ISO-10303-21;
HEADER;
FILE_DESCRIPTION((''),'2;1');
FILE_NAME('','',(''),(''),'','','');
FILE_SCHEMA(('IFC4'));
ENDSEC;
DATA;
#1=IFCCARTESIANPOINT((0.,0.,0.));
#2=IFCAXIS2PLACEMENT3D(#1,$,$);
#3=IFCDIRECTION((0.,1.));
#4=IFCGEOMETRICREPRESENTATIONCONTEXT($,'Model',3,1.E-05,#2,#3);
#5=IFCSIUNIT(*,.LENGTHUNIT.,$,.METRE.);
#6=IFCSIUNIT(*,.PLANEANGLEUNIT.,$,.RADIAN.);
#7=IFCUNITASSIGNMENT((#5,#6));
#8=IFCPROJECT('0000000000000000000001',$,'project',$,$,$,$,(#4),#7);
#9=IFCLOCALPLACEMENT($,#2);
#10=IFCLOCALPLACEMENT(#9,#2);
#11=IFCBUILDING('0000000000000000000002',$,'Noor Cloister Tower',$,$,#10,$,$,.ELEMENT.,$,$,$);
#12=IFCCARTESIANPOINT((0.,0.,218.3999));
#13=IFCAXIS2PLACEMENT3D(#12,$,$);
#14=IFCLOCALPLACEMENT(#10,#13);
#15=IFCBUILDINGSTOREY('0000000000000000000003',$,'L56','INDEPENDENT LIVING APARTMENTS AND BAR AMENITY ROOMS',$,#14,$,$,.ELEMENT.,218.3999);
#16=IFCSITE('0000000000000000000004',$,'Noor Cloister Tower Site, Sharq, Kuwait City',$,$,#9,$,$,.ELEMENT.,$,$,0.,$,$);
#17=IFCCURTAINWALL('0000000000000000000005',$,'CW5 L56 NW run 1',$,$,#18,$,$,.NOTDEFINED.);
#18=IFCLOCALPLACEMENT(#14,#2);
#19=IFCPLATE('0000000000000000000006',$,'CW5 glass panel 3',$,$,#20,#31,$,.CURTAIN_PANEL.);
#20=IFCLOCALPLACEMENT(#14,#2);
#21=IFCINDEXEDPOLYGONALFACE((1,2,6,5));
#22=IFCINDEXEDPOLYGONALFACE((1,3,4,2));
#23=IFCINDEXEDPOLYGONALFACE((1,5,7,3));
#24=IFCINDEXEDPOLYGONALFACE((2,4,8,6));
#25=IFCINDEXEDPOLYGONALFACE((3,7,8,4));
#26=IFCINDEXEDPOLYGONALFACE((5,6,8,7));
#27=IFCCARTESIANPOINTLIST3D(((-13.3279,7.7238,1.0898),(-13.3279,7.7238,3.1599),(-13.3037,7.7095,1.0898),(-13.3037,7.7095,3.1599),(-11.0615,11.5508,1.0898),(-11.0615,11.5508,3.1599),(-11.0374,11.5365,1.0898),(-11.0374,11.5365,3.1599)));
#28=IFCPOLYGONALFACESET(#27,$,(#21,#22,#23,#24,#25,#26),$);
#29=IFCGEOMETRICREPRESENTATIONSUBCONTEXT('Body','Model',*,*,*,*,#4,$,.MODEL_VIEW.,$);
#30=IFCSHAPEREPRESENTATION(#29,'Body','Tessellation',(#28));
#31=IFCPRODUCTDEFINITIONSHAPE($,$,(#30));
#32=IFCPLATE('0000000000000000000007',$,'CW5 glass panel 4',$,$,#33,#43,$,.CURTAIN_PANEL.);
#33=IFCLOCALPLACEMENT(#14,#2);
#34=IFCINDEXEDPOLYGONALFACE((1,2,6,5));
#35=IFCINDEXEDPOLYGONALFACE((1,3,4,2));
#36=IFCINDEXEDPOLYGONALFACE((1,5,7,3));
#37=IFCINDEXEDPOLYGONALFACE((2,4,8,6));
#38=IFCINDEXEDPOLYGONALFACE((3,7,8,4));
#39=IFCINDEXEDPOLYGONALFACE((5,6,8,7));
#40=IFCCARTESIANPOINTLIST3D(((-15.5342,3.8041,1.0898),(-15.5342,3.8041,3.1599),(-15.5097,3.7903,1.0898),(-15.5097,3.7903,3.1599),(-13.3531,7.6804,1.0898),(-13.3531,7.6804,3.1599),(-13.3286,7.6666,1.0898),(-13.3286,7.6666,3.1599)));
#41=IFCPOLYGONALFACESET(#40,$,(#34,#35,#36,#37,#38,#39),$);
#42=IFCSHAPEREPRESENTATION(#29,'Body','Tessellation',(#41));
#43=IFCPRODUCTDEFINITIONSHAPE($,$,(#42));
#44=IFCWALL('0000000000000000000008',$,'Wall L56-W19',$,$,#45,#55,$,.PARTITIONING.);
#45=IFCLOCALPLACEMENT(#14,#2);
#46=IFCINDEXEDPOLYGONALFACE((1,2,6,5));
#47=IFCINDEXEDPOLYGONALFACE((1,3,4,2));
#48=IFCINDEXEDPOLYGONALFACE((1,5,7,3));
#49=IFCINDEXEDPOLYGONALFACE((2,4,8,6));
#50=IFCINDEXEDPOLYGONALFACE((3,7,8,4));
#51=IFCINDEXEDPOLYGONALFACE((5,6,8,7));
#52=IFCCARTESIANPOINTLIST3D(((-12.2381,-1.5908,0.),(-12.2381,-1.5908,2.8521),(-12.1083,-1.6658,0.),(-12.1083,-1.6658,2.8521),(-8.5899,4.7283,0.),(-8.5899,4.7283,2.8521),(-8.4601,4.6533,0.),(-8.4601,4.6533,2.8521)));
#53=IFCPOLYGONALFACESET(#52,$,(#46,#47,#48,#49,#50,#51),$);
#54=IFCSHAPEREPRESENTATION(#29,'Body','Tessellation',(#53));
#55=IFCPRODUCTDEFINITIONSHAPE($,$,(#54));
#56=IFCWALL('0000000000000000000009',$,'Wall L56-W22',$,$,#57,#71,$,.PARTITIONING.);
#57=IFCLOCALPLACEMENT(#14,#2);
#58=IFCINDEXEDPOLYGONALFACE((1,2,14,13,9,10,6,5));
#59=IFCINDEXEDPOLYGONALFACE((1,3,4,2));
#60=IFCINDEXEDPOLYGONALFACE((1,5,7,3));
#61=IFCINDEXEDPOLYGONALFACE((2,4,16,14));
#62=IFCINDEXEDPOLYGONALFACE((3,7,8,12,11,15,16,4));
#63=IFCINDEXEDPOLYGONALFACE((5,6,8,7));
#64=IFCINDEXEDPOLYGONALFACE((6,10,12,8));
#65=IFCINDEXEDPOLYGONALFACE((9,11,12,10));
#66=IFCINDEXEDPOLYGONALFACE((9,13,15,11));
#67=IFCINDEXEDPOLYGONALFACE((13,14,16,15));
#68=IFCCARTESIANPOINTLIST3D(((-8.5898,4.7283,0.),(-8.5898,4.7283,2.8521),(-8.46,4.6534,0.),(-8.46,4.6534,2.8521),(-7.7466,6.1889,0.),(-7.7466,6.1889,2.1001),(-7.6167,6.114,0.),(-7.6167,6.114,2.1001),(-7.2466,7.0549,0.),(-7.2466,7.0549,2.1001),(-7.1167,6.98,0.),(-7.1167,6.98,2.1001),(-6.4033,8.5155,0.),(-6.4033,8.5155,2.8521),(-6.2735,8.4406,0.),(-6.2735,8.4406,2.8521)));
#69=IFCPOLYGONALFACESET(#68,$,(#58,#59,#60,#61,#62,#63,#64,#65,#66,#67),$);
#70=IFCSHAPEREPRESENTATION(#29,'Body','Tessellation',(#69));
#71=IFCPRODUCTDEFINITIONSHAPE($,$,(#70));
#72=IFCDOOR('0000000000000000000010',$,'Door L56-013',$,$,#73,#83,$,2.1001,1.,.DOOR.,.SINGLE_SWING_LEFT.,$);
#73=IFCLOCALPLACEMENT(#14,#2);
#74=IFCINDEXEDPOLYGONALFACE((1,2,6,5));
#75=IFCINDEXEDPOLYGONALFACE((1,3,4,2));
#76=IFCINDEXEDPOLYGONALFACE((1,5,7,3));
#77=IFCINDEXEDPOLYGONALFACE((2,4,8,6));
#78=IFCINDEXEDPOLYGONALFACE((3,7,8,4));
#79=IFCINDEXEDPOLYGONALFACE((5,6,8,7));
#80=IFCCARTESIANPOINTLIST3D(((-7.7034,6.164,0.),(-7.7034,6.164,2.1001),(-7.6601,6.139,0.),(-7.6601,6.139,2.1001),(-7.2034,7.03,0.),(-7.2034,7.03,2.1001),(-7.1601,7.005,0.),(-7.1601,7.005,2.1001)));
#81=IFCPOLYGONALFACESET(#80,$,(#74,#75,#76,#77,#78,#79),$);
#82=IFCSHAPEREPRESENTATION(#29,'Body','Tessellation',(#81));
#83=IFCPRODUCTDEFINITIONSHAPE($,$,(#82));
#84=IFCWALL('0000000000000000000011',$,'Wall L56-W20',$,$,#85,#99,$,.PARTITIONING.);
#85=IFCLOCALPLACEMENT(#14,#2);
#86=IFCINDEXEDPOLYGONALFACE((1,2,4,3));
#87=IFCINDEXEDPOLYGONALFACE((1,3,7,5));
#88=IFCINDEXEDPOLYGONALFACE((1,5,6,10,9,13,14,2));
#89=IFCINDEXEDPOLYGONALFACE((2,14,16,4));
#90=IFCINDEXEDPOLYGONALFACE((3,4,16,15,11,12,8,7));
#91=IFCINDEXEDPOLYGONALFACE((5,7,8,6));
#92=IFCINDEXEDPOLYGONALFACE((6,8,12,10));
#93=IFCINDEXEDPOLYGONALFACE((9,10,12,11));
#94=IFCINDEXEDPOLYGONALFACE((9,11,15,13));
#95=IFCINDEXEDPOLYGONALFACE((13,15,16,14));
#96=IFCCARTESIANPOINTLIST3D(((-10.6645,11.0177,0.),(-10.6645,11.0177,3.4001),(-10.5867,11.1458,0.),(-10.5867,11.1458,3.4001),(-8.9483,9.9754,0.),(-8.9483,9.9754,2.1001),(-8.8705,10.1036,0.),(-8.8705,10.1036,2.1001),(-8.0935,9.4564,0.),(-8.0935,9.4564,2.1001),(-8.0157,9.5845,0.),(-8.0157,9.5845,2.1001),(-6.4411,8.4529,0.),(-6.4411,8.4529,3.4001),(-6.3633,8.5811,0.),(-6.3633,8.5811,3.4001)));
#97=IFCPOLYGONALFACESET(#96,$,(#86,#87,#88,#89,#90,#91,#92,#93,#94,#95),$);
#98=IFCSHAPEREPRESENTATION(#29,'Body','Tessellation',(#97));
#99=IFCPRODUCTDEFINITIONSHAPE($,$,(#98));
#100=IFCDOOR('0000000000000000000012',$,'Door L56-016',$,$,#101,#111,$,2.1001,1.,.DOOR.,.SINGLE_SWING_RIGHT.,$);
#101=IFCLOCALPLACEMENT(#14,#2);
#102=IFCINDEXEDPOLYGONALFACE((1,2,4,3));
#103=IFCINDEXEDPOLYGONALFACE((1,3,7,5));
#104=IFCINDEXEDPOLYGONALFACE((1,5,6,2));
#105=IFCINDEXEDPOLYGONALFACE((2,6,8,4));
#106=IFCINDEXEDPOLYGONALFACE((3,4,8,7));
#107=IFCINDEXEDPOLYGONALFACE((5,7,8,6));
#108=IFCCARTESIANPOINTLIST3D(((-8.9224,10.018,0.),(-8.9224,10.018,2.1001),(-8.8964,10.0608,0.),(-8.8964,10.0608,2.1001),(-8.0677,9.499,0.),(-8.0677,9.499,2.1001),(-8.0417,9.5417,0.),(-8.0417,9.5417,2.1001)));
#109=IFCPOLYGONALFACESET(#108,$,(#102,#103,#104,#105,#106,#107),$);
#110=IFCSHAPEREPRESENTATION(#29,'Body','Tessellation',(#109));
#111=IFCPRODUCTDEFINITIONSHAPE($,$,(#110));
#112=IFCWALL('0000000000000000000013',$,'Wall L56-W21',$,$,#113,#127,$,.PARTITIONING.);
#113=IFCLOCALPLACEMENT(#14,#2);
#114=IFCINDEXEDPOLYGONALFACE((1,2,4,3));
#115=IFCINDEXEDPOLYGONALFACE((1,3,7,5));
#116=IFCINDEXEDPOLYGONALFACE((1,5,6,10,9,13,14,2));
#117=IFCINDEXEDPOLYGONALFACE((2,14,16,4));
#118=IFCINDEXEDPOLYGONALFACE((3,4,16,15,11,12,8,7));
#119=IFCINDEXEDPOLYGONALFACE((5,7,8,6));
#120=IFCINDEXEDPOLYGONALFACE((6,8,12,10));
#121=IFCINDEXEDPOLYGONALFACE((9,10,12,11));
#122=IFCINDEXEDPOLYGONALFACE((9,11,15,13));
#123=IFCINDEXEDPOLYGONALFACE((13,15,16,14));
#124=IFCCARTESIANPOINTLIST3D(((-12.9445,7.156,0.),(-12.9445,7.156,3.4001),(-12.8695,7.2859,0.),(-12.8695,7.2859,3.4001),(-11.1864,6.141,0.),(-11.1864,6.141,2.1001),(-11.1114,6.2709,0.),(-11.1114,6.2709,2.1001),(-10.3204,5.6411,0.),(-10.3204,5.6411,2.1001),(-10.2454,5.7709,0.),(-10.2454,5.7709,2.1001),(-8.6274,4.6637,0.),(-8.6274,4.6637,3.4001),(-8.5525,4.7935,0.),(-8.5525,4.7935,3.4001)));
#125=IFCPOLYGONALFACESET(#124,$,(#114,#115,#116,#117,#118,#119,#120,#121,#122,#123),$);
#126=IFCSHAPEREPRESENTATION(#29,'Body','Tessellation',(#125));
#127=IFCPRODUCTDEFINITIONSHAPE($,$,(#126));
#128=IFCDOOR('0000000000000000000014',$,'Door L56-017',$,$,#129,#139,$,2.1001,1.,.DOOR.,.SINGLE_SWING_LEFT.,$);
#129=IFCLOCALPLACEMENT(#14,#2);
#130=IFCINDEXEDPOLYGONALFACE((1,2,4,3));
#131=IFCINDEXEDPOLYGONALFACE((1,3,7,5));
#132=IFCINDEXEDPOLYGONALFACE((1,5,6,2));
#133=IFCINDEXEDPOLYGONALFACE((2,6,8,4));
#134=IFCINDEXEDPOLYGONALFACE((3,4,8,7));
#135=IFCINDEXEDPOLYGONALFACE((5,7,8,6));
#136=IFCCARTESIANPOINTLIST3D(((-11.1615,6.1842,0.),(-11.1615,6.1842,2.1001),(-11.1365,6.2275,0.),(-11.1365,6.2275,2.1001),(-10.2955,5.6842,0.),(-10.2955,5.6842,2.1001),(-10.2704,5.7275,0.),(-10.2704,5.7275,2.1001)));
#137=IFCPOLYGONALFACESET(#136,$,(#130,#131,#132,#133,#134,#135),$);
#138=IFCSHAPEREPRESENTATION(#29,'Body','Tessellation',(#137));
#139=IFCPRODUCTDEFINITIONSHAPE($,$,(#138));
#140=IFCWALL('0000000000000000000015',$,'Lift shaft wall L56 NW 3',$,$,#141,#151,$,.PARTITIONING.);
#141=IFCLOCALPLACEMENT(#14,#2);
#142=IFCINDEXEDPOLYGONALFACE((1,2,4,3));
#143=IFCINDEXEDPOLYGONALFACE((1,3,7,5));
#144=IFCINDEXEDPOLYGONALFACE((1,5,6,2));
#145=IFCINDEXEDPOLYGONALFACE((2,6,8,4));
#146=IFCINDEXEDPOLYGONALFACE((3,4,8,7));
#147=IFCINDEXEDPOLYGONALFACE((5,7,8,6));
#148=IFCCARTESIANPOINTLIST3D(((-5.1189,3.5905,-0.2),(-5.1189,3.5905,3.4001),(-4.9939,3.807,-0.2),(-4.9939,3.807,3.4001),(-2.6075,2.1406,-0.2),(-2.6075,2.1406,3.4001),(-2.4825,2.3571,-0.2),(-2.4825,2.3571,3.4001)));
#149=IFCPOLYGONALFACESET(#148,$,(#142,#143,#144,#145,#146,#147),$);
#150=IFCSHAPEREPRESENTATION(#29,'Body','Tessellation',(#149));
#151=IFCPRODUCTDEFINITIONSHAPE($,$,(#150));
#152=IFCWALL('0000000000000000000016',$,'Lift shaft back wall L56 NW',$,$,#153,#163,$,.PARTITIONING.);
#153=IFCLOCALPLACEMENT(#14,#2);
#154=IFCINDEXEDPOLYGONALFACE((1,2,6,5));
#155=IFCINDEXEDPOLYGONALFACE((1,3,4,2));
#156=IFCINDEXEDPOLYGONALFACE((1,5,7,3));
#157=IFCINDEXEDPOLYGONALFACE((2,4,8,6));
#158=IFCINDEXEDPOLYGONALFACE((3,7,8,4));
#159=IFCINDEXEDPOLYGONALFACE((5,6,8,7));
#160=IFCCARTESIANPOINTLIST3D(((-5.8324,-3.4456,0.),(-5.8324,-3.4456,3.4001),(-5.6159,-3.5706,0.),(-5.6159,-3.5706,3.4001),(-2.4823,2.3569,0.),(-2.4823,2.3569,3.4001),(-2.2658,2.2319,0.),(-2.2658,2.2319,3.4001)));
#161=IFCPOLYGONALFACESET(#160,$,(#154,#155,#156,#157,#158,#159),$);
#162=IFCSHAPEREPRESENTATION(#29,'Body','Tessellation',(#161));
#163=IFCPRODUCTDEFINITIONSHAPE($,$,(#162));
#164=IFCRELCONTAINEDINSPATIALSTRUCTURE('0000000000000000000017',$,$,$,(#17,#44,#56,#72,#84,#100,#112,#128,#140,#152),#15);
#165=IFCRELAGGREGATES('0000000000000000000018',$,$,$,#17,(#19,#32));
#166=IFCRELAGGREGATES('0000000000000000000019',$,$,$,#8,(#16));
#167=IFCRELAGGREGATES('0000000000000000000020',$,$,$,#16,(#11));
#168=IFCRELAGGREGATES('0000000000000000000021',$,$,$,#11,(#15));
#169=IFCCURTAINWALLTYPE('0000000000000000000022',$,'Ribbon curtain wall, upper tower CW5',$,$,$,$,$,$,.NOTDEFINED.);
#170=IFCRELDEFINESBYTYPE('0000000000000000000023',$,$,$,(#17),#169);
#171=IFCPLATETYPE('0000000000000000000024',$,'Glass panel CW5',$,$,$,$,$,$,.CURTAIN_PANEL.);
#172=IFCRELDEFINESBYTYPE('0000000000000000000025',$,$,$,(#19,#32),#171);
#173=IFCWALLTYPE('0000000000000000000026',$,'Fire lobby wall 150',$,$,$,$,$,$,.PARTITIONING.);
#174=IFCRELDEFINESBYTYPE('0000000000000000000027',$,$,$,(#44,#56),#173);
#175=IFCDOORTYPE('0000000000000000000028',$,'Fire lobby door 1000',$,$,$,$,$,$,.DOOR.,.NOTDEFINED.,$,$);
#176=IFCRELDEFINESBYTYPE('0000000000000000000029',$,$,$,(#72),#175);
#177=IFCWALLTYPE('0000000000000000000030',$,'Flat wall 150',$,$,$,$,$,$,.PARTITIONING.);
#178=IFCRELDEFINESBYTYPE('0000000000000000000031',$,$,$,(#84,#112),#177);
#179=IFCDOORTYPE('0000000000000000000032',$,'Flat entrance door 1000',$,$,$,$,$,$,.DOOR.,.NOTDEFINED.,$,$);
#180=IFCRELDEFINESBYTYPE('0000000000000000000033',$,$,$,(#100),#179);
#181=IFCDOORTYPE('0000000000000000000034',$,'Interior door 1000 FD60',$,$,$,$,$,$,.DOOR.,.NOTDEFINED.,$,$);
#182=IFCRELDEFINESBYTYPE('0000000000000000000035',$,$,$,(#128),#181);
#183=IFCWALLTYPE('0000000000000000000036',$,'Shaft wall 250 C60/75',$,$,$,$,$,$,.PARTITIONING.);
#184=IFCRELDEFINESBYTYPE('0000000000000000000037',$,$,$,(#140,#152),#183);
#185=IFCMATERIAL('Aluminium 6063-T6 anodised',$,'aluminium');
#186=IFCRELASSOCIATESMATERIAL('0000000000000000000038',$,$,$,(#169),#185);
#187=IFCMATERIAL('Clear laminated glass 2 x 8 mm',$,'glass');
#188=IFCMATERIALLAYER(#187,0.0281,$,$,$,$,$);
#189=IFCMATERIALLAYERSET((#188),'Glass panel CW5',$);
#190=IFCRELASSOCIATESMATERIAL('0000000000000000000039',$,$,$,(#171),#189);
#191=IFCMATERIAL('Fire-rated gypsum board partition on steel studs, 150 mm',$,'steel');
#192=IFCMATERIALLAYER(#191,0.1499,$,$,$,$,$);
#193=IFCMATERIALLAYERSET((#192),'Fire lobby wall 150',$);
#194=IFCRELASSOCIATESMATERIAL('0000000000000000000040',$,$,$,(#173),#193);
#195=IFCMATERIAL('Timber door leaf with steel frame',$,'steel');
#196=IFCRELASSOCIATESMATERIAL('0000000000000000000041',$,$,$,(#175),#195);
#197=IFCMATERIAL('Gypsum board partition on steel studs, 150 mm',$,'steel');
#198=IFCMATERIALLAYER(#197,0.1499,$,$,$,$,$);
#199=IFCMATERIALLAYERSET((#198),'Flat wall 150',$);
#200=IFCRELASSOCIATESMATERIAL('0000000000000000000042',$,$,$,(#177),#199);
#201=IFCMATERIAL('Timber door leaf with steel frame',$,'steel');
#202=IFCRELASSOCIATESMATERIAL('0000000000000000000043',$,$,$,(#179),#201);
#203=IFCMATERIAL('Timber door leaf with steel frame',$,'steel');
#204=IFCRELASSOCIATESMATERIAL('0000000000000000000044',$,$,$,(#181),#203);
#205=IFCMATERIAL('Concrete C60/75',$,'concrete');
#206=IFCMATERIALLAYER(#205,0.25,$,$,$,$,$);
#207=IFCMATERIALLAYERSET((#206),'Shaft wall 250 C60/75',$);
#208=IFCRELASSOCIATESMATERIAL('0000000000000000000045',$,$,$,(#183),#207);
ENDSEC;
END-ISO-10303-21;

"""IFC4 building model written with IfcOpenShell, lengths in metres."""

from ifc_helpers import new_model, si_unit, direction, frame, frame_2d, origin, origin_2d, place, context, subcontext, project, spatial, rectangle, extrude, material, layer, layer_set, type_object, element, fill, aggregate, save


model = new_model("IFC4")

# Units and contexts
model_context = context("Model", 3, precision=1e-05, world=origin(), true_north=direction((0.0, 1.0)))
body_context = subcontext(model_context, "Body", "Model", "MODEL_VIEW")
ifc_project = project(units=[si_unit("LENGTHUNIT", "METRE"), si_unit("PLANEANGLEUNIT", "RADIAN")], contexts=[model_context])

# Site, building, storey
site_placement = place(None, origin())
site = spatial("IfcSite", under=ifc_project, at=site_placement, Name="Noor Cloister Tower Site, Sharq, Kuwait City", CompositionType="ELEMENT", RefElevation=0.0)
building_placement = place(site_placement, origin())
building = spatial("IfcBuilding", under=site, at=building_placement, Name="Noor Cloister Tower", CompositionType="ELEMENT")
storey_placement = place(building_placement, frame((0.0, 0.0, 218.3999)))
storey = spatial("IfcBuildingStorey", under=building, at=storey_placement, Name="L56", Description="INDEPENDENT LIVING APARTMENTS AND BAR AMENITY ROOMS", CompositionType="ELEMENT", Elevation=218.3999)

# Curtain wall
ifc_material_1 = material(Name="Aluminium 6063-T6 anodised", Category="aluminium")
curtain_wall_type = type_object("IfcCurtainWallType", Name="Ribbon curtain wall, upper tower CW5", PredefinedType="NOTDEFINED", material=ifc_material_1)
curtain_wall_placement = place(storey_placement, origin())
curtain_wall = element("IfcCurtainWall", 1, at=curtain_wall_placement, inside=storey, type_object=curtain_wall_type, Name="CW5 L56 NW run 1", PredefinedType="NOTDEFINED")

# Plates
ifc_material_2 = material(Name="Clear laminated glass 2 x 8 mm", Category="glass")
ifc_layer_1 = layer(ifc_material_2, 0.0281)
ifc_layer_set_1 = layer_set([ifc_layer_1], Name="Glass panel CW5")
plate_type = type_object("IfcPlateType", Name="Glass panel CW5", PredefinedType="CURTAIN_PANEL", material=ifc_layer_set_1)
plate_1_placement = place(storey_placement, frame((-12.1826, 9.6301, 1.0898), z_axis=(0.0, 0.0, 1.0), x_axis=(-0.509553, -0.860439, 0.0)))
plate_1 = element("IfcPlate", 2, at=plate_1_placement, type_object=plate_type, Name="CW5 glass panel 3", PredefinedType="CURTAIN_PANEL", context=body_context, shape_type="SweptSolid", body=[
    extrude(rectangle(XDim=4.4478, YDim=0.0281, at=origin_2d()), origin(), (0.0, 0.0, 1.0), 2.0701),
])
plate_2_placement = place(storey_placement, frame((-14.4314, 5.7354, 1.0898), z_axis=(0.0, 0.0, 1.0), x_axis=(-0.490386, -0.871506, 0.0)))
plate_2 = element("IfcPlate", 3, at=plate_2_placement, type_object=plate_type, Name="CW5 glass panel 4", PredefinedType="CURTAIN_PANEL", context=body_context, shape_type="SweptSolid", body=[
    extrude(rectangle(XDim=4.4478, YDim=0.0281, at=origin_2d()), origin(), (0.0, 0.0, 1.0), 2.0701),
])
aggregate(curtain_wall, [plate_1, plate_2])

# Wall
ifc_material_3 = material(Name="Fire-rated gypsum board partition on steel studs, 150 mm", Category="steel")
ifc_layer_2 = layer(ifc_material_3, 0.1499)
ifc_layer_set_2 = layer_set([ifc_layer_2], Name="Fire lobby wall 150")
wall_type_1 = type_object("IfcWallType", Name="Fire lobby wall 150", PredefinedType="PARTITIONING", material=ifc_layer_set_2)
wall_1_placement = place(storey_placement, frame((-8.5249, 4.6909, 0.0), z_axis=(0.0, 0.0, 1.0), x_axis=(-0.499986, -0.866033, 0.0)))
element("IfcWall", 4, at=wall_1_placement, inside=storey, type_object=wall_type_1, Name="Wall L56-W19", PredefinedType="PARTITIONING", context=body_context, shape_type="SweptSolid", body=[
    extrude(rectangle(XDim=7.2966, YDim=0.1499, at=frame_2d((3.6484, 0.0))), origin(), (0.0, 0.0, 1.0), 2.8521),
])

# Walls, openings, doors
wall_2_placement = place(storey_placement, frame((-6.3384, 8.478, 0.0), z_axis=(0.0, 0.0, 1.0), x_axis=(-0.500006, -0.866022, 0.0)))
wall_2 = element("IfcWall", 5, at=wall_2_placement, inside=storey, type_object=wall_type_1, Name="Wall L56-W22", PredefinedType="PARTITIONING", context=body_context, shape_type="SweptSolid", body=[
    extrude(rectangle(XDim=4.373, YDim=0.1499, at=frame_2d((2.1865, 0.0))), origin(), (0.0, 0.0, 1.0), 2.8521),
])
opening_1_placement = place(wall_2_placement, frame((1.6865, 0.0, 0.0)))
opening_1 = element("IfcOpeningElement", 6, at=opening_1_placement, cuts=wall_2, PredefinedType="OPENING", context=body_context, shape_type="SweptSolid", body=[
    extrude(rectangle(XDim=1.0, YDim=2.1001, at=frame_2d((0.5, 1.05))), frame((0.0, 0.085, 0.0), z_axis=(0.0, -1.0, 0.0), x_axis=(1.0, 0.0, 0.0)), (0.0, 0.0, 1.0), 0.1699),
])
ifc_material_4 = material(Name="Timber door leaf with steel frame", Category="steel")
door_type_1 = type_object("IfcDoorType", Name="Fire lobby door 1000", OperationType="NOTDEFINED", PredefinedType="DOOR", material=ifc_material_4)
door_1_placement = place(opening_1_placement, origin())
door_1 = element("IfcDoor", 7, at=door_1_placement, inside=storey, type_object=door_type_1, Name="Door L56-013", OperationType="SINGLE_SWING_LEFT", OverallHeight=2.1001, OverallWidth=1.0, PredefinedType="DOOR", context=body_context, shape_type="SweptSolid", body=[
    extrude(rectangle(XDim=1.0, YDim=2.1001, at=frame_2d((0.5, 1.05))), frame((0.0, 0.0249, 0.0), z_axis=(0.0, -1.0, 0.0), x_axis=(1.0, 0.0, 0.0)), (0.0, 0.0, 1.0), 0.05),
])
fill(opening_1, door_1)
ifc_material_5 = material(Name="Gypsum board partition on steel studs, 150 mm", Category="steel")
ifc_layer_3 = layer(ifc_material_5, 0.1499)
ifc_layer_set_3 = layer_set([ifc_layer_3], Name="Flat wall 150")
wall_type_2 = type_object("IfcWallType", Name="Flat wall 150", PredefinedType="PARTITIONING", material=ifc_layer_set_3)
wall_3_placement = place(storey_placement, frame((-10.6257, 11.0818, 0.0), z_axis=(0.0, 0.0, 1.0), x_axis=(0.854743, -0.519052, 0.0)))
wall_3 = element("IfcWall", 8, at=wall_3_placement, inside=storey, type_object=wall_type_2, Name="Wall L56-W20", PredefinedType="PARTITIONING", context=body_context, shape_type="SweptSolid", body=[
    extrude(rectangle(XDim=4.9412, YDim=0.1499, at=frame_2d((2.4707, 0.0))), origin(), (0.0, 0.0, 1.0), 3.4001),
])
opening_2_placement = place(wall_3_placement, frame((2.0081, 0.0, 0.0)))
opening_2 = element("IfcOpeningElement", 9, at=opening_2_placement, cuts=wall_3, PredefinedType="OPENING", context=body_context, shape_type="SweptSolid", body=[
    extrude(rectangle(XDim=1.0, YDim=2.1001, at=frame_2d((0.5, 1.05))), frame((0.0, 0.085, 0.0), z_axis=(0.0, -1.0, 0.0), x_axis=(1.0, 0.0, 0.0)), (0.0, 0.0, 1.0), 0.1699),
])
ifc_material_6 = material(Name="Timber door leaf with steel frame", Category="steel")
door_type_2 = type_object("IfcDoorType", Name="Flat entrance door 1000", OperationType="NOTDEFINED", PredefinedType="DOOR", material=ifc_material_6)
door_2_placement = place(opening_2_placement, origin())
door_2 = element("IfcDoor", 10, at=door_2_placement, inside=storey, type_object=door_type_2, Name="Door L56-016", OperationType="SINGLE_SWING_RIGHT", OverallHeight=2.1001, OverallWidth=1.0, PredefinedType="DOOR", context=body_context, shape_type="SweptSolid", body=[
    extrude(rectangle(XDim=1.0, YDim=2.1001, at=frame_2d((0.5, 1.05))), frame((0.0, 0.0249, 0.0), z_axis=(0.0, -1.0, 0.0), x_axis=(1.0, 0.0, 0.0)), (0.0, 0.0, 1.0), 0.05),
])
fill(opening_2, door_2)
wall_4_placement = place(storey_placement, frame((-12.907, 7.2209, 0.0), z_axis=(0.0, 0.0, 1.0), x_axis=(0.866031, -0.49999, 0.0)))
wall_4 = element("IfcWall", 11, at=wall_4_placement, inside=storey, type_object=wall_type_2, Name="Wall L56-W21", PredefinedType="PARTITIONING", context=body_context, shape_type="SweptSolid", body=[
    extrude(rectangle(XDim=4.9849, YDim=0.1499, at=frame_2d((2.4924, 0.0))), origin(), (0.0, 0.0, 1.0), 3.4001),
])
opening_3_placement = place(wall_4_placement, frame((2.03, 0.0, 0.0)))
opening_3 = element("IfcOpeningElement", 12, at=opening_3_placement, cuts=wall_4, PredefinedType="OPENING", context=body_context, shape_type="SweptSolid", body=[
    extrude(rectangle(XDim=1.0, YDim=2.1001, at=frame_2d((0.5, 1.05))), frame((0.0, 0.085, 0.0), z_axis=(0.0, -1.0, 0.0), x_axis=(1.0, 0.0, 0.0)), (0.0, 0.0, 1.0), 0.1699),
])
ifc_material_7 = material(Name="Timber door leaf with steel frame", Category="steel")
door_type_3 = type_object("IfcDoorType", Name="Interior door 1000 FD60", OperationType="NOTDEFINED", PredefinedType="DOOR", material=ifc_material_7)
door_3_placement = place(opening_3_placement, origin())
door_3 = element("IfcDoor", 13, at=door_3_placement, inside=storey, type_object=door_type_3, Name="Door L56-017", OperationType="SINGLE_SWING_LEFT", OverallHeight=2.1001, OverallWidth=1.0, PredefinedType="DOOR", context=body_context, shape_type="SweptSolid", body=[
    extrude(rectangle(XDim=1.0, YDim=2.1001, at=frame_2d((0.5, 1.05))), frame((0.0, 0.0249, 0.0), z_axis=(0.0, -1.0, 0.0), x_axis=(1.0, 0.0, 0.0)), (0.0, 0.0, 1.0), 0.05),
])
fill(opening_3, door_3)

# Walls
ifc_material_8 = material(Name="Concrete C60/75", Category="concrete")
ifc_layer_4 = layer(ifc_material_8, 0.25)
ifc_layer_set_4 = layer_set([ifc_layer_4], Name="Shaft wall 250 C60/75")
wall_type_3 = type_object("IfcWallType", Name="Shaft wall 250 C60/75", PredefinedType="PARTITIONING", material=ifc_layer_set_4)
wall_5_placement = place(storey_placement, frame((-5.0564, 3.6987, -0.2), z_axis=(0.0, 0.0, 1.0), x_axis=(0.866033, -0.499987, 0.0)))
element("IfcWall", 14, at=wall_5_placement, inside=storey, type_object=wall_type_3, Name="Lift shaft wall L56 NW 3", PredefinedType="PARTITIONING", context=body_context, shape_type="SweptSolid", body=[
    extrude(rectangle(XDim=2.8999, YDim=0.25, at=frame_2d((1.45, 0.0))), origin(), (0.0, 0.0, 1.0), 3.6001),
])
wall_6_placement = place(storey_placement, frame((-2.374, 2.2944, 0.0), z_axis=(0.0, 0.0, 1.0), x_axis=(-0.500003, -0.866024, 0.0)))
element("IfcWall", 15, at=wall_6_placement, inside=storey, type_object=wall_type_3, Name="Lift shaft back wall L56 NW", PredefinedType="PARTITIONING", context=body_context, shape_type="SweptSolid", body=[
    extrude(rectangle(XDim=6.7002, YDim=0.25, at=frame_2d((3.3501, 0.0))), origin(), (0.0, 0.0, 1.0), 3.4001),
])

save(model, "model.ifc")
